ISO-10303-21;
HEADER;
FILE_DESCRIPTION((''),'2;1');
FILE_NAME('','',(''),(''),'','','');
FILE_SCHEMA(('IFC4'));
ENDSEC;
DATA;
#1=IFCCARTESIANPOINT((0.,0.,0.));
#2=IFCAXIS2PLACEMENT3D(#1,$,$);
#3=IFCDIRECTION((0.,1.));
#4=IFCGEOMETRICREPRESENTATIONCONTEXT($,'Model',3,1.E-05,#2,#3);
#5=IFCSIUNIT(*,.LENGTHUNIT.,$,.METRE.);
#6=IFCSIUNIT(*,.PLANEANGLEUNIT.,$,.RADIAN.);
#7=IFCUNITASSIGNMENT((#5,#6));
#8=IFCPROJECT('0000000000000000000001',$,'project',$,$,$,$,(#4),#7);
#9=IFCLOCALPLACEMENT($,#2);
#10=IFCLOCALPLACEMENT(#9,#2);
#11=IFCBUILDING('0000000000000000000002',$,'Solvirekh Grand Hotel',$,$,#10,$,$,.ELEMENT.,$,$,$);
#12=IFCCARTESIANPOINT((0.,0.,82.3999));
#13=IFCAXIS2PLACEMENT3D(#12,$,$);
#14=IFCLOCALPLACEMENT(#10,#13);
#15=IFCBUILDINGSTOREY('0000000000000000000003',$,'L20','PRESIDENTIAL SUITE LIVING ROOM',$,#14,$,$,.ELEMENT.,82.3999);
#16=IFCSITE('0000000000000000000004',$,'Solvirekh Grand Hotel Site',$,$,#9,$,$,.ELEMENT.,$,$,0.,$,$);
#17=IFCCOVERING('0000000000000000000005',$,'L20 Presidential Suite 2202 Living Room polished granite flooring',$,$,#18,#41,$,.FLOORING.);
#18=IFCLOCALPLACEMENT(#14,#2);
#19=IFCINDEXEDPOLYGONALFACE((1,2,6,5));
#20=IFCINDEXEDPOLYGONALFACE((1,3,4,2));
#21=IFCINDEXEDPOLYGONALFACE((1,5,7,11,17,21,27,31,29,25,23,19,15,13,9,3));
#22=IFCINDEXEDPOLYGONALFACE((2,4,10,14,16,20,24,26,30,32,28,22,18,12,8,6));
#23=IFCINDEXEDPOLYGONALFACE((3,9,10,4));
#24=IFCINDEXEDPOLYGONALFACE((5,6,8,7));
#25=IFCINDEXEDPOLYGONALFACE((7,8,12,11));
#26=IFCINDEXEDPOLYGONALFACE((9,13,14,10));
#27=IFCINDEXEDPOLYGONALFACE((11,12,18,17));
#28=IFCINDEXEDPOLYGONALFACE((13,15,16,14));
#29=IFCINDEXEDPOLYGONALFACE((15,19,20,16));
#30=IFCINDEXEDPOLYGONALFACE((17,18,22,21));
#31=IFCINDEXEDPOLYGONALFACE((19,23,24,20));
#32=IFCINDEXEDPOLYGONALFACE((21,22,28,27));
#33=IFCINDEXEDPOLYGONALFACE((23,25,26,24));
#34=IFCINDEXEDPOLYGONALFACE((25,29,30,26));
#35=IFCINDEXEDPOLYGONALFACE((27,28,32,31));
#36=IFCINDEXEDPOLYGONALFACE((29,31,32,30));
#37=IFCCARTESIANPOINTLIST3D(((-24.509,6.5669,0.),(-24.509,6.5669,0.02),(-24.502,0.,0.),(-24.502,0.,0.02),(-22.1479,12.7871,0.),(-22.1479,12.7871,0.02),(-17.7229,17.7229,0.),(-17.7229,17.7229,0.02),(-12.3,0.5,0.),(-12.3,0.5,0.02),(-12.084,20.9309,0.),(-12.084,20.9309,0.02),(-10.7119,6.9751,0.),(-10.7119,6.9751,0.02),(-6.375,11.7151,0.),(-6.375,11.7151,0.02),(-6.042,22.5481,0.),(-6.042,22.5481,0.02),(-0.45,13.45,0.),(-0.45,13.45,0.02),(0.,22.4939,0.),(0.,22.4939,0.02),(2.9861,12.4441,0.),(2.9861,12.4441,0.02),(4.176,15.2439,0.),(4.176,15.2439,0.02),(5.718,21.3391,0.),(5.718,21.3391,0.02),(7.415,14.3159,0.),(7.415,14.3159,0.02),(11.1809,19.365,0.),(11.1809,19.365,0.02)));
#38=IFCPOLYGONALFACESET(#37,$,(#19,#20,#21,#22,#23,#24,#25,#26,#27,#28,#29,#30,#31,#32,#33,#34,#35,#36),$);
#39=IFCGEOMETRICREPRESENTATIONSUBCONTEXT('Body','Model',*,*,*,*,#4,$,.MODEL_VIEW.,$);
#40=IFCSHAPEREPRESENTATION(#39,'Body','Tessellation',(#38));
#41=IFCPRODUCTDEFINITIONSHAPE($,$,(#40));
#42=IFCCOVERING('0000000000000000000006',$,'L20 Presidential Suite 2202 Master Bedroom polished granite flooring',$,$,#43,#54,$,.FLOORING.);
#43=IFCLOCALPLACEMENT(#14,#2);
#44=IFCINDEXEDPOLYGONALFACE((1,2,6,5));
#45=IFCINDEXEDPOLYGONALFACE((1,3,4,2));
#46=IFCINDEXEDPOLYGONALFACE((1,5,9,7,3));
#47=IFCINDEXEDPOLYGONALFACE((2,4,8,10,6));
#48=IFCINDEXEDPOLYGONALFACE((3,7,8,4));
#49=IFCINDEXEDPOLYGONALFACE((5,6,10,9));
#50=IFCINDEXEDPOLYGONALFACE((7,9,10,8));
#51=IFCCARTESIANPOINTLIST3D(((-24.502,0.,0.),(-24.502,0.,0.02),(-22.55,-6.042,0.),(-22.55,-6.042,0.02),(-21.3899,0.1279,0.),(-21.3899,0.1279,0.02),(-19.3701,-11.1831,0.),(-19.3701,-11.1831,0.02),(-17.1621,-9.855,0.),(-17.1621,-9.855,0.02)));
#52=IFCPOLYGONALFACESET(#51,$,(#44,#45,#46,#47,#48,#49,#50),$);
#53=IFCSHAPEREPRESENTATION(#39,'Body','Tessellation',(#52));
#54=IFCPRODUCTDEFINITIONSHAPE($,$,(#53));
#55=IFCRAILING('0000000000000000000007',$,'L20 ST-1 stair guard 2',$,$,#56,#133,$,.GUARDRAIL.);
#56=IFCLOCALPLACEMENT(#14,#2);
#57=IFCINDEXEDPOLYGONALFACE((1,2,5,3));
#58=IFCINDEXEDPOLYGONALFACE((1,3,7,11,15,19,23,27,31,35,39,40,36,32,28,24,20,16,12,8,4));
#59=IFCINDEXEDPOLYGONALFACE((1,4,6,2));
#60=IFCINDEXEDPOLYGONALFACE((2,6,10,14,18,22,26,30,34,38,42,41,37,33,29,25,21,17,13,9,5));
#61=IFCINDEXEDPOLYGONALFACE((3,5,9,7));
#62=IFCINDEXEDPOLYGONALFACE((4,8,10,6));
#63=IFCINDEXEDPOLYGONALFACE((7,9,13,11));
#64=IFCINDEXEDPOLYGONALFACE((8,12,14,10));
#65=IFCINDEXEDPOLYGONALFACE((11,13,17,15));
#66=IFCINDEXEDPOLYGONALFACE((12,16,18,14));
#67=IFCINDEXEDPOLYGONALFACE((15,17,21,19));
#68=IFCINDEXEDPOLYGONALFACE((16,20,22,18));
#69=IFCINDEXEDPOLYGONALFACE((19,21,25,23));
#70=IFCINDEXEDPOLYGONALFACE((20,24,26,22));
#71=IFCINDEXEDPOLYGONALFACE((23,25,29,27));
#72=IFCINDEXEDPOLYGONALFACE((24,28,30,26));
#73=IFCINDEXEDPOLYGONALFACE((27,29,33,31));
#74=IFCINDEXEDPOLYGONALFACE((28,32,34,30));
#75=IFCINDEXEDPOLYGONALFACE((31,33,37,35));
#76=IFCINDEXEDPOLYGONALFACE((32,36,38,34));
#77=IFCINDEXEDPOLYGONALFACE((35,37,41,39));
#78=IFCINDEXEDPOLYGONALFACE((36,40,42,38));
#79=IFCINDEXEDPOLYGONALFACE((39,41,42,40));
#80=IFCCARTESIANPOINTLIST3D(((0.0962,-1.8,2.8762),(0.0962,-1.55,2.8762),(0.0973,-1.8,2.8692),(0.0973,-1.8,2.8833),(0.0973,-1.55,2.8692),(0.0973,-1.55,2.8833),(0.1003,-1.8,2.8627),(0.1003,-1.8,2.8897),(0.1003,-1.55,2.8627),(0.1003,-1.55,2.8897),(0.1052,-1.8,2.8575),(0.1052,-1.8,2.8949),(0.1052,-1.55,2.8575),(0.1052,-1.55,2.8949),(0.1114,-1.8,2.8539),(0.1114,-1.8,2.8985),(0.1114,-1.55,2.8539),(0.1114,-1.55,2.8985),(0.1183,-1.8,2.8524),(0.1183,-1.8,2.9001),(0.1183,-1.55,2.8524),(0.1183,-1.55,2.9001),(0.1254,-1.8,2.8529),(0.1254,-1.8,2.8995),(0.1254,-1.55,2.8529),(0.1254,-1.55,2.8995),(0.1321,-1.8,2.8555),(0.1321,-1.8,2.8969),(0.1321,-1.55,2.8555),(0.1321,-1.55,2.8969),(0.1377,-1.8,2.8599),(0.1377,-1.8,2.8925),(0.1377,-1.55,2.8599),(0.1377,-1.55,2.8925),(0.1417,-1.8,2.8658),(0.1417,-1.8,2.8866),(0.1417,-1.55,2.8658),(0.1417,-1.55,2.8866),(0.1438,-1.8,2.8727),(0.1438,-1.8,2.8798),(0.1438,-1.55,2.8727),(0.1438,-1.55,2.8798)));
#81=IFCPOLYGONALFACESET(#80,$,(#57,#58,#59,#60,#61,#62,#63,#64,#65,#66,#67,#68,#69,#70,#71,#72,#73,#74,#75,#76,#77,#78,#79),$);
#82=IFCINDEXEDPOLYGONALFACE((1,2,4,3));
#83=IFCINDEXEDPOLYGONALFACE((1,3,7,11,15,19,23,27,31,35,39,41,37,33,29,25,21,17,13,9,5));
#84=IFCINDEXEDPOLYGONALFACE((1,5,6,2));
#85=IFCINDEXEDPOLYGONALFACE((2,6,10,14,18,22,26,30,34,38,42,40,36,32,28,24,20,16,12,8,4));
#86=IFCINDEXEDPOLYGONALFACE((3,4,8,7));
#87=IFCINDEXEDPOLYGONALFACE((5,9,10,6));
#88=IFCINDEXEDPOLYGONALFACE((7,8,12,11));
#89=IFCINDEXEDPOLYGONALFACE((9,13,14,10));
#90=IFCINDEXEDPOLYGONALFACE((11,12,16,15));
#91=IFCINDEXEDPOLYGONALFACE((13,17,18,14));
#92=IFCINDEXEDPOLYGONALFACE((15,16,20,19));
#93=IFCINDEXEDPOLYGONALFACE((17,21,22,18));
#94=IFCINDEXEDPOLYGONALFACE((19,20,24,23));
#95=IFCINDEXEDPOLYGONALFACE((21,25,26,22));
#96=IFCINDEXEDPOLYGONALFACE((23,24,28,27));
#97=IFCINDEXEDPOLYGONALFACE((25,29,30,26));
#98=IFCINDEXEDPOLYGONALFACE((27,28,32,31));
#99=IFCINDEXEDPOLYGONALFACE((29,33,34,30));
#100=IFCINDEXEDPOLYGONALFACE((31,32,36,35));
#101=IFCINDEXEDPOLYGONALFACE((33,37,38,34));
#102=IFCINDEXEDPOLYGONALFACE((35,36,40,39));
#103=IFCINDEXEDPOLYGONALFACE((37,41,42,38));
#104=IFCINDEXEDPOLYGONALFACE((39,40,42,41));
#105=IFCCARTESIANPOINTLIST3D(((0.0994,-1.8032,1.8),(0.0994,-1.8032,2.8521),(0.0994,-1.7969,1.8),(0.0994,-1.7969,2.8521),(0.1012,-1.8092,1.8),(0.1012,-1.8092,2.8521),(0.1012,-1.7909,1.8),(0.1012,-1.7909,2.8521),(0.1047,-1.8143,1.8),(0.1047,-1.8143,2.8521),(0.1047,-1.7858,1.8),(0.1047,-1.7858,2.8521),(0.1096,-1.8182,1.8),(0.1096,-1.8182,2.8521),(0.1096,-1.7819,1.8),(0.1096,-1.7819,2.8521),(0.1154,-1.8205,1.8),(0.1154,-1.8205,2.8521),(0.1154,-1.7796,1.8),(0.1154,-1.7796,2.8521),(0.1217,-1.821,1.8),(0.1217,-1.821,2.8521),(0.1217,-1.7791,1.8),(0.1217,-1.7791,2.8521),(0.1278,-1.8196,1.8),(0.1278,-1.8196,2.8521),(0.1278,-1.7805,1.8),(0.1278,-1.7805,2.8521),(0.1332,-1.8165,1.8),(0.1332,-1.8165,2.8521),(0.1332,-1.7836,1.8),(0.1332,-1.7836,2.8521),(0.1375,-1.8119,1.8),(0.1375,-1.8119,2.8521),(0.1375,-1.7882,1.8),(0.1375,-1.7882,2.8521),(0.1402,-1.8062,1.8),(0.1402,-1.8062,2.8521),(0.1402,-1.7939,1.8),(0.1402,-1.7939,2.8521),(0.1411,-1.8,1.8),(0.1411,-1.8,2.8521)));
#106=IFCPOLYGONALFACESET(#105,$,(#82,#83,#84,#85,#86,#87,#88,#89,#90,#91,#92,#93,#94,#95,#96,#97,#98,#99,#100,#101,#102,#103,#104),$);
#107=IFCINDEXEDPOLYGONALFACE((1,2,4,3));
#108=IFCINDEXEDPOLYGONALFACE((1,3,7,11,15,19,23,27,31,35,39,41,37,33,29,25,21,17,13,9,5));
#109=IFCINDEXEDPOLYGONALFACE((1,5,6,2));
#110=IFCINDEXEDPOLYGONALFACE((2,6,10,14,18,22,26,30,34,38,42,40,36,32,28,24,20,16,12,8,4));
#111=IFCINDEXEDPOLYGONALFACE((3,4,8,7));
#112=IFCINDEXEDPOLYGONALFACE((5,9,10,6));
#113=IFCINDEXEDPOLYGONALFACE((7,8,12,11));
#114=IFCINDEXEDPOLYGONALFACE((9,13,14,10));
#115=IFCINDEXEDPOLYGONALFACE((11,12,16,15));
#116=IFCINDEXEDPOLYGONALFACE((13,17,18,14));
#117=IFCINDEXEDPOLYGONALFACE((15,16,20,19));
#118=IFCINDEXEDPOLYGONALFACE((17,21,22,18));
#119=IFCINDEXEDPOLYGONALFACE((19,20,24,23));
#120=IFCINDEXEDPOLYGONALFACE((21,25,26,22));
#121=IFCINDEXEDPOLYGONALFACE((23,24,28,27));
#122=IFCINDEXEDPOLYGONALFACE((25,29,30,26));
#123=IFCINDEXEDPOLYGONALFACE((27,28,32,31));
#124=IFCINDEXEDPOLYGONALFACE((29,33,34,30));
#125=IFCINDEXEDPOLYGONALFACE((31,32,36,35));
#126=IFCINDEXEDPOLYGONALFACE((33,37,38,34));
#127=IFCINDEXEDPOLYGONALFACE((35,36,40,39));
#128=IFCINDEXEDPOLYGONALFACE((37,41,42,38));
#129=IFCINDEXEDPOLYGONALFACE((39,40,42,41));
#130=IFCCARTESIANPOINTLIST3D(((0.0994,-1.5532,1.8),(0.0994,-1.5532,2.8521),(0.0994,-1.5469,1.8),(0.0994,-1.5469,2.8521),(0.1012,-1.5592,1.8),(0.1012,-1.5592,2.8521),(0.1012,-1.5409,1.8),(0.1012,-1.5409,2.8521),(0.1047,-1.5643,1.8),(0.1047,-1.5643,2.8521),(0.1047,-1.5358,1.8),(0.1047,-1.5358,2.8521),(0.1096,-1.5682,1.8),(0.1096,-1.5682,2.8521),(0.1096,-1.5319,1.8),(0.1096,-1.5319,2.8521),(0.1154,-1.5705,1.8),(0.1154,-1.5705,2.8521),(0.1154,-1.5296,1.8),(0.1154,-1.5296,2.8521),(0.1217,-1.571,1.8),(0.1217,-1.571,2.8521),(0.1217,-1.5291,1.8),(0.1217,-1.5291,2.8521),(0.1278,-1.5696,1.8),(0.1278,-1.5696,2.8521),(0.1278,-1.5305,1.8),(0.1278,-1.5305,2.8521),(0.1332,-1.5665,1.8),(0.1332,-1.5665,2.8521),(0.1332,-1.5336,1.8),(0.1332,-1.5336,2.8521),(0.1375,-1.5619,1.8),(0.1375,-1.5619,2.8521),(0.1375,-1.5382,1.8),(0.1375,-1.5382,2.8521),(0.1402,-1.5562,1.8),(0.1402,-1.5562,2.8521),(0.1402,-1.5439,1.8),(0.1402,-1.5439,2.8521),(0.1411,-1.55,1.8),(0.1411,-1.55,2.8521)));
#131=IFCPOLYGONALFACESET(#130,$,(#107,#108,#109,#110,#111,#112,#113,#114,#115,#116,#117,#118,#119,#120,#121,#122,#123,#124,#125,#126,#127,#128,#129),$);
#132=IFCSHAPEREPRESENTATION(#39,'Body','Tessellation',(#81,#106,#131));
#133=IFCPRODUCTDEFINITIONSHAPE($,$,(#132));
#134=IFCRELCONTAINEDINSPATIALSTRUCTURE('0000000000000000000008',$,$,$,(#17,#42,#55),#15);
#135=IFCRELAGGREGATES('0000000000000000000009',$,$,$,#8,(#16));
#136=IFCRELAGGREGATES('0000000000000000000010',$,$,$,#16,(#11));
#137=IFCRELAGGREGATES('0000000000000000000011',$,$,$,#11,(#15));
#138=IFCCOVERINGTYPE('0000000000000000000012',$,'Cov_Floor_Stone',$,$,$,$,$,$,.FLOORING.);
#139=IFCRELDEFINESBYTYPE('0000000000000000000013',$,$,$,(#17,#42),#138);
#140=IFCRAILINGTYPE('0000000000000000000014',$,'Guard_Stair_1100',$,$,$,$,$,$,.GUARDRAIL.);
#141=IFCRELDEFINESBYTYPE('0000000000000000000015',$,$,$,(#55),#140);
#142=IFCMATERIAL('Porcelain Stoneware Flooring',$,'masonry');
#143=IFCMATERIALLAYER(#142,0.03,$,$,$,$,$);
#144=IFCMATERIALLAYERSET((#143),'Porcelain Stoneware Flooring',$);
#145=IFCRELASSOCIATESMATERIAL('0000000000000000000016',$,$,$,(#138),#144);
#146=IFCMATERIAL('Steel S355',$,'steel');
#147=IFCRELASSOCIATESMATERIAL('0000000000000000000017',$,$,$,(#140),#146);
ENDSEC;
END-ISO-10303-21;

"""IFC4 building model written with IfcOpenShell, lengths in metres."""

from ifc_helpers import new_model, si_unit, direction, frame, origin, origin_2d, place, context, subcontext, project, spatial, polyline, circle, outline, extrude, material, layer, layer_set, type_object, element, save


model = new_model("IFC4")

# Units and contexts
model_context = context("Model", 3, precision=1e-05, world=origin(), true_north=direction((0.0, 1.0)))
body_context = subcontext(model_context, "Body", "Model", "MODEL_VIEW")
ifc_project = project(units=[si_unit("LENGTHUNIT", "METRE"), si_unit("PLANEANGLEUNIT", "RADIAN")], contexts=[model_context])

# Site, building, storey
site_placement = place(None, origin())
site = spatial("IfcSite", under=ifc_project, at=site_placement, Name="Solvirekh Grand Hotel Site", CompositionType="ELEMENT", RefElevation=0.0)
building_placement = place(site_placement, origin())
building = spatial("IfcBuilding", under=site, at=building_placement, Name="Solvirekh Grand Hotel", CompositionType="ELEMENT")
storey_placement = place(building_placement, frame((0.0, 0.0, 82.3999)))
storey = spatial("IfcBuildingStorey", under=building, at=storey_placement, Name="L20", Description="PRESIDENTIAL SUITE LIVING ROOM", CompositionType="ELEMENT", Elevation=82.3999)

# Shared definitions
ifc_material_1 = material(Name="Steel S355", Category="steel")

# Coverings
ifc_material_2 = material(Name="Porcelain Stoneware Flooring", Category="masonry")
ifc_layer_1 = layer(ifc_material_2, 0.03)
ifc_layer_set_1 = layer_set([ifc_layer_1], Name="Porcelain Stoneware Flooring")
covering_type_1 = type_object("IfcCoveringType", Name="Cov_Floor_Stone", PredefinedType="FLOORING", material=ifc_layer_set_1)
covering_1_placement = place(storey_placement, origin())
element("IfcCovering", 1, at=covering_1_placement, inside=storey, type_object=covering_type_1, Name="L20 Presidential Suite 2202 Living Room polished granite flooring", PredefinedType="FLOORING", context=body_context, shape_type="SweptSolid", body=[
    extrude(outline(polyline([(4.176, 15.2439), (7.415, 14.3159), (11.1809, 19.365), (5.718, 21.3391), (0.0, 22.4939), (-6.042, 22.5481), (-12.084, 20.9309), (-17.7229, 17.7229), (-22.1479, 12.7871), (-24.509, 6.5669), (-24.502, 0.0), (-12.3, 0.5), (-10.7119, 6.9751), (-6.375, 11.7151), (-0.45, 13.45), (2.9861, 12.4441), (4.176, 15.2439)])), origin(), (0.0, 0.0, 1.0), 0.02),
])
covering_2_placement = place(storey_placement, origin())
element("IfcCovering", 2, at=covering_2_placement, inside=storey, type_object=covering_type_1, Name="L20 Presidential Suite 2202 Master Bedroom polished granite flooring", PredefinedType="FLOORING", context=body_context, shape_type="SweptSolid", body=[
    extrude(outline(polyline([(-24.502, 0.0), (-22.55, -6.042), (-19.3701, -11.1831), (-17.1621, -9.855), (-21.3899, 0.1279), (-24.502, 0.0)])), origin(), (0.0, 0.0, 1.0), 0.02),
])

# Railing
railing_type_1 = type_object("IfcRailingType", Name="Guard_Stair_1100", PredefinedType="GUARDRAIL", material=ifc_material_1)
railing_1_placement = place(storey_placement, frame((0.1201, -1.8, 1.8)))
element("IfcRailing", 3, at=railing_1_placement, inside=storey, type_object=railing_type_1, Name="L20 ST-1 stair guard 2", PredefinedType="GUARDRAIL", context=body_context, shape_type="SweptSolid", body=[
    extrude(circle(Radius=0.0239, at=origin_2d()), frame((0.0, 0.0, 1.0762), z_axis=(0.0, 1.0, 0.0), x_axis=(-1.0, 0.0, 0.0)), (0.0, 0.0, 1.0), 0.25),
    extrude(circle(Radius=0.021, at=origin_2d()), origin(), (0.0, 0.0, 1.0), 1.052),
    extrude(circle(Radius=0.021, at=origin_2d()), frame((0.0, 0.25, 0.0)), (0.0, 0.0, 1.0), 1.052),
])

save(model, "model.ifc")
